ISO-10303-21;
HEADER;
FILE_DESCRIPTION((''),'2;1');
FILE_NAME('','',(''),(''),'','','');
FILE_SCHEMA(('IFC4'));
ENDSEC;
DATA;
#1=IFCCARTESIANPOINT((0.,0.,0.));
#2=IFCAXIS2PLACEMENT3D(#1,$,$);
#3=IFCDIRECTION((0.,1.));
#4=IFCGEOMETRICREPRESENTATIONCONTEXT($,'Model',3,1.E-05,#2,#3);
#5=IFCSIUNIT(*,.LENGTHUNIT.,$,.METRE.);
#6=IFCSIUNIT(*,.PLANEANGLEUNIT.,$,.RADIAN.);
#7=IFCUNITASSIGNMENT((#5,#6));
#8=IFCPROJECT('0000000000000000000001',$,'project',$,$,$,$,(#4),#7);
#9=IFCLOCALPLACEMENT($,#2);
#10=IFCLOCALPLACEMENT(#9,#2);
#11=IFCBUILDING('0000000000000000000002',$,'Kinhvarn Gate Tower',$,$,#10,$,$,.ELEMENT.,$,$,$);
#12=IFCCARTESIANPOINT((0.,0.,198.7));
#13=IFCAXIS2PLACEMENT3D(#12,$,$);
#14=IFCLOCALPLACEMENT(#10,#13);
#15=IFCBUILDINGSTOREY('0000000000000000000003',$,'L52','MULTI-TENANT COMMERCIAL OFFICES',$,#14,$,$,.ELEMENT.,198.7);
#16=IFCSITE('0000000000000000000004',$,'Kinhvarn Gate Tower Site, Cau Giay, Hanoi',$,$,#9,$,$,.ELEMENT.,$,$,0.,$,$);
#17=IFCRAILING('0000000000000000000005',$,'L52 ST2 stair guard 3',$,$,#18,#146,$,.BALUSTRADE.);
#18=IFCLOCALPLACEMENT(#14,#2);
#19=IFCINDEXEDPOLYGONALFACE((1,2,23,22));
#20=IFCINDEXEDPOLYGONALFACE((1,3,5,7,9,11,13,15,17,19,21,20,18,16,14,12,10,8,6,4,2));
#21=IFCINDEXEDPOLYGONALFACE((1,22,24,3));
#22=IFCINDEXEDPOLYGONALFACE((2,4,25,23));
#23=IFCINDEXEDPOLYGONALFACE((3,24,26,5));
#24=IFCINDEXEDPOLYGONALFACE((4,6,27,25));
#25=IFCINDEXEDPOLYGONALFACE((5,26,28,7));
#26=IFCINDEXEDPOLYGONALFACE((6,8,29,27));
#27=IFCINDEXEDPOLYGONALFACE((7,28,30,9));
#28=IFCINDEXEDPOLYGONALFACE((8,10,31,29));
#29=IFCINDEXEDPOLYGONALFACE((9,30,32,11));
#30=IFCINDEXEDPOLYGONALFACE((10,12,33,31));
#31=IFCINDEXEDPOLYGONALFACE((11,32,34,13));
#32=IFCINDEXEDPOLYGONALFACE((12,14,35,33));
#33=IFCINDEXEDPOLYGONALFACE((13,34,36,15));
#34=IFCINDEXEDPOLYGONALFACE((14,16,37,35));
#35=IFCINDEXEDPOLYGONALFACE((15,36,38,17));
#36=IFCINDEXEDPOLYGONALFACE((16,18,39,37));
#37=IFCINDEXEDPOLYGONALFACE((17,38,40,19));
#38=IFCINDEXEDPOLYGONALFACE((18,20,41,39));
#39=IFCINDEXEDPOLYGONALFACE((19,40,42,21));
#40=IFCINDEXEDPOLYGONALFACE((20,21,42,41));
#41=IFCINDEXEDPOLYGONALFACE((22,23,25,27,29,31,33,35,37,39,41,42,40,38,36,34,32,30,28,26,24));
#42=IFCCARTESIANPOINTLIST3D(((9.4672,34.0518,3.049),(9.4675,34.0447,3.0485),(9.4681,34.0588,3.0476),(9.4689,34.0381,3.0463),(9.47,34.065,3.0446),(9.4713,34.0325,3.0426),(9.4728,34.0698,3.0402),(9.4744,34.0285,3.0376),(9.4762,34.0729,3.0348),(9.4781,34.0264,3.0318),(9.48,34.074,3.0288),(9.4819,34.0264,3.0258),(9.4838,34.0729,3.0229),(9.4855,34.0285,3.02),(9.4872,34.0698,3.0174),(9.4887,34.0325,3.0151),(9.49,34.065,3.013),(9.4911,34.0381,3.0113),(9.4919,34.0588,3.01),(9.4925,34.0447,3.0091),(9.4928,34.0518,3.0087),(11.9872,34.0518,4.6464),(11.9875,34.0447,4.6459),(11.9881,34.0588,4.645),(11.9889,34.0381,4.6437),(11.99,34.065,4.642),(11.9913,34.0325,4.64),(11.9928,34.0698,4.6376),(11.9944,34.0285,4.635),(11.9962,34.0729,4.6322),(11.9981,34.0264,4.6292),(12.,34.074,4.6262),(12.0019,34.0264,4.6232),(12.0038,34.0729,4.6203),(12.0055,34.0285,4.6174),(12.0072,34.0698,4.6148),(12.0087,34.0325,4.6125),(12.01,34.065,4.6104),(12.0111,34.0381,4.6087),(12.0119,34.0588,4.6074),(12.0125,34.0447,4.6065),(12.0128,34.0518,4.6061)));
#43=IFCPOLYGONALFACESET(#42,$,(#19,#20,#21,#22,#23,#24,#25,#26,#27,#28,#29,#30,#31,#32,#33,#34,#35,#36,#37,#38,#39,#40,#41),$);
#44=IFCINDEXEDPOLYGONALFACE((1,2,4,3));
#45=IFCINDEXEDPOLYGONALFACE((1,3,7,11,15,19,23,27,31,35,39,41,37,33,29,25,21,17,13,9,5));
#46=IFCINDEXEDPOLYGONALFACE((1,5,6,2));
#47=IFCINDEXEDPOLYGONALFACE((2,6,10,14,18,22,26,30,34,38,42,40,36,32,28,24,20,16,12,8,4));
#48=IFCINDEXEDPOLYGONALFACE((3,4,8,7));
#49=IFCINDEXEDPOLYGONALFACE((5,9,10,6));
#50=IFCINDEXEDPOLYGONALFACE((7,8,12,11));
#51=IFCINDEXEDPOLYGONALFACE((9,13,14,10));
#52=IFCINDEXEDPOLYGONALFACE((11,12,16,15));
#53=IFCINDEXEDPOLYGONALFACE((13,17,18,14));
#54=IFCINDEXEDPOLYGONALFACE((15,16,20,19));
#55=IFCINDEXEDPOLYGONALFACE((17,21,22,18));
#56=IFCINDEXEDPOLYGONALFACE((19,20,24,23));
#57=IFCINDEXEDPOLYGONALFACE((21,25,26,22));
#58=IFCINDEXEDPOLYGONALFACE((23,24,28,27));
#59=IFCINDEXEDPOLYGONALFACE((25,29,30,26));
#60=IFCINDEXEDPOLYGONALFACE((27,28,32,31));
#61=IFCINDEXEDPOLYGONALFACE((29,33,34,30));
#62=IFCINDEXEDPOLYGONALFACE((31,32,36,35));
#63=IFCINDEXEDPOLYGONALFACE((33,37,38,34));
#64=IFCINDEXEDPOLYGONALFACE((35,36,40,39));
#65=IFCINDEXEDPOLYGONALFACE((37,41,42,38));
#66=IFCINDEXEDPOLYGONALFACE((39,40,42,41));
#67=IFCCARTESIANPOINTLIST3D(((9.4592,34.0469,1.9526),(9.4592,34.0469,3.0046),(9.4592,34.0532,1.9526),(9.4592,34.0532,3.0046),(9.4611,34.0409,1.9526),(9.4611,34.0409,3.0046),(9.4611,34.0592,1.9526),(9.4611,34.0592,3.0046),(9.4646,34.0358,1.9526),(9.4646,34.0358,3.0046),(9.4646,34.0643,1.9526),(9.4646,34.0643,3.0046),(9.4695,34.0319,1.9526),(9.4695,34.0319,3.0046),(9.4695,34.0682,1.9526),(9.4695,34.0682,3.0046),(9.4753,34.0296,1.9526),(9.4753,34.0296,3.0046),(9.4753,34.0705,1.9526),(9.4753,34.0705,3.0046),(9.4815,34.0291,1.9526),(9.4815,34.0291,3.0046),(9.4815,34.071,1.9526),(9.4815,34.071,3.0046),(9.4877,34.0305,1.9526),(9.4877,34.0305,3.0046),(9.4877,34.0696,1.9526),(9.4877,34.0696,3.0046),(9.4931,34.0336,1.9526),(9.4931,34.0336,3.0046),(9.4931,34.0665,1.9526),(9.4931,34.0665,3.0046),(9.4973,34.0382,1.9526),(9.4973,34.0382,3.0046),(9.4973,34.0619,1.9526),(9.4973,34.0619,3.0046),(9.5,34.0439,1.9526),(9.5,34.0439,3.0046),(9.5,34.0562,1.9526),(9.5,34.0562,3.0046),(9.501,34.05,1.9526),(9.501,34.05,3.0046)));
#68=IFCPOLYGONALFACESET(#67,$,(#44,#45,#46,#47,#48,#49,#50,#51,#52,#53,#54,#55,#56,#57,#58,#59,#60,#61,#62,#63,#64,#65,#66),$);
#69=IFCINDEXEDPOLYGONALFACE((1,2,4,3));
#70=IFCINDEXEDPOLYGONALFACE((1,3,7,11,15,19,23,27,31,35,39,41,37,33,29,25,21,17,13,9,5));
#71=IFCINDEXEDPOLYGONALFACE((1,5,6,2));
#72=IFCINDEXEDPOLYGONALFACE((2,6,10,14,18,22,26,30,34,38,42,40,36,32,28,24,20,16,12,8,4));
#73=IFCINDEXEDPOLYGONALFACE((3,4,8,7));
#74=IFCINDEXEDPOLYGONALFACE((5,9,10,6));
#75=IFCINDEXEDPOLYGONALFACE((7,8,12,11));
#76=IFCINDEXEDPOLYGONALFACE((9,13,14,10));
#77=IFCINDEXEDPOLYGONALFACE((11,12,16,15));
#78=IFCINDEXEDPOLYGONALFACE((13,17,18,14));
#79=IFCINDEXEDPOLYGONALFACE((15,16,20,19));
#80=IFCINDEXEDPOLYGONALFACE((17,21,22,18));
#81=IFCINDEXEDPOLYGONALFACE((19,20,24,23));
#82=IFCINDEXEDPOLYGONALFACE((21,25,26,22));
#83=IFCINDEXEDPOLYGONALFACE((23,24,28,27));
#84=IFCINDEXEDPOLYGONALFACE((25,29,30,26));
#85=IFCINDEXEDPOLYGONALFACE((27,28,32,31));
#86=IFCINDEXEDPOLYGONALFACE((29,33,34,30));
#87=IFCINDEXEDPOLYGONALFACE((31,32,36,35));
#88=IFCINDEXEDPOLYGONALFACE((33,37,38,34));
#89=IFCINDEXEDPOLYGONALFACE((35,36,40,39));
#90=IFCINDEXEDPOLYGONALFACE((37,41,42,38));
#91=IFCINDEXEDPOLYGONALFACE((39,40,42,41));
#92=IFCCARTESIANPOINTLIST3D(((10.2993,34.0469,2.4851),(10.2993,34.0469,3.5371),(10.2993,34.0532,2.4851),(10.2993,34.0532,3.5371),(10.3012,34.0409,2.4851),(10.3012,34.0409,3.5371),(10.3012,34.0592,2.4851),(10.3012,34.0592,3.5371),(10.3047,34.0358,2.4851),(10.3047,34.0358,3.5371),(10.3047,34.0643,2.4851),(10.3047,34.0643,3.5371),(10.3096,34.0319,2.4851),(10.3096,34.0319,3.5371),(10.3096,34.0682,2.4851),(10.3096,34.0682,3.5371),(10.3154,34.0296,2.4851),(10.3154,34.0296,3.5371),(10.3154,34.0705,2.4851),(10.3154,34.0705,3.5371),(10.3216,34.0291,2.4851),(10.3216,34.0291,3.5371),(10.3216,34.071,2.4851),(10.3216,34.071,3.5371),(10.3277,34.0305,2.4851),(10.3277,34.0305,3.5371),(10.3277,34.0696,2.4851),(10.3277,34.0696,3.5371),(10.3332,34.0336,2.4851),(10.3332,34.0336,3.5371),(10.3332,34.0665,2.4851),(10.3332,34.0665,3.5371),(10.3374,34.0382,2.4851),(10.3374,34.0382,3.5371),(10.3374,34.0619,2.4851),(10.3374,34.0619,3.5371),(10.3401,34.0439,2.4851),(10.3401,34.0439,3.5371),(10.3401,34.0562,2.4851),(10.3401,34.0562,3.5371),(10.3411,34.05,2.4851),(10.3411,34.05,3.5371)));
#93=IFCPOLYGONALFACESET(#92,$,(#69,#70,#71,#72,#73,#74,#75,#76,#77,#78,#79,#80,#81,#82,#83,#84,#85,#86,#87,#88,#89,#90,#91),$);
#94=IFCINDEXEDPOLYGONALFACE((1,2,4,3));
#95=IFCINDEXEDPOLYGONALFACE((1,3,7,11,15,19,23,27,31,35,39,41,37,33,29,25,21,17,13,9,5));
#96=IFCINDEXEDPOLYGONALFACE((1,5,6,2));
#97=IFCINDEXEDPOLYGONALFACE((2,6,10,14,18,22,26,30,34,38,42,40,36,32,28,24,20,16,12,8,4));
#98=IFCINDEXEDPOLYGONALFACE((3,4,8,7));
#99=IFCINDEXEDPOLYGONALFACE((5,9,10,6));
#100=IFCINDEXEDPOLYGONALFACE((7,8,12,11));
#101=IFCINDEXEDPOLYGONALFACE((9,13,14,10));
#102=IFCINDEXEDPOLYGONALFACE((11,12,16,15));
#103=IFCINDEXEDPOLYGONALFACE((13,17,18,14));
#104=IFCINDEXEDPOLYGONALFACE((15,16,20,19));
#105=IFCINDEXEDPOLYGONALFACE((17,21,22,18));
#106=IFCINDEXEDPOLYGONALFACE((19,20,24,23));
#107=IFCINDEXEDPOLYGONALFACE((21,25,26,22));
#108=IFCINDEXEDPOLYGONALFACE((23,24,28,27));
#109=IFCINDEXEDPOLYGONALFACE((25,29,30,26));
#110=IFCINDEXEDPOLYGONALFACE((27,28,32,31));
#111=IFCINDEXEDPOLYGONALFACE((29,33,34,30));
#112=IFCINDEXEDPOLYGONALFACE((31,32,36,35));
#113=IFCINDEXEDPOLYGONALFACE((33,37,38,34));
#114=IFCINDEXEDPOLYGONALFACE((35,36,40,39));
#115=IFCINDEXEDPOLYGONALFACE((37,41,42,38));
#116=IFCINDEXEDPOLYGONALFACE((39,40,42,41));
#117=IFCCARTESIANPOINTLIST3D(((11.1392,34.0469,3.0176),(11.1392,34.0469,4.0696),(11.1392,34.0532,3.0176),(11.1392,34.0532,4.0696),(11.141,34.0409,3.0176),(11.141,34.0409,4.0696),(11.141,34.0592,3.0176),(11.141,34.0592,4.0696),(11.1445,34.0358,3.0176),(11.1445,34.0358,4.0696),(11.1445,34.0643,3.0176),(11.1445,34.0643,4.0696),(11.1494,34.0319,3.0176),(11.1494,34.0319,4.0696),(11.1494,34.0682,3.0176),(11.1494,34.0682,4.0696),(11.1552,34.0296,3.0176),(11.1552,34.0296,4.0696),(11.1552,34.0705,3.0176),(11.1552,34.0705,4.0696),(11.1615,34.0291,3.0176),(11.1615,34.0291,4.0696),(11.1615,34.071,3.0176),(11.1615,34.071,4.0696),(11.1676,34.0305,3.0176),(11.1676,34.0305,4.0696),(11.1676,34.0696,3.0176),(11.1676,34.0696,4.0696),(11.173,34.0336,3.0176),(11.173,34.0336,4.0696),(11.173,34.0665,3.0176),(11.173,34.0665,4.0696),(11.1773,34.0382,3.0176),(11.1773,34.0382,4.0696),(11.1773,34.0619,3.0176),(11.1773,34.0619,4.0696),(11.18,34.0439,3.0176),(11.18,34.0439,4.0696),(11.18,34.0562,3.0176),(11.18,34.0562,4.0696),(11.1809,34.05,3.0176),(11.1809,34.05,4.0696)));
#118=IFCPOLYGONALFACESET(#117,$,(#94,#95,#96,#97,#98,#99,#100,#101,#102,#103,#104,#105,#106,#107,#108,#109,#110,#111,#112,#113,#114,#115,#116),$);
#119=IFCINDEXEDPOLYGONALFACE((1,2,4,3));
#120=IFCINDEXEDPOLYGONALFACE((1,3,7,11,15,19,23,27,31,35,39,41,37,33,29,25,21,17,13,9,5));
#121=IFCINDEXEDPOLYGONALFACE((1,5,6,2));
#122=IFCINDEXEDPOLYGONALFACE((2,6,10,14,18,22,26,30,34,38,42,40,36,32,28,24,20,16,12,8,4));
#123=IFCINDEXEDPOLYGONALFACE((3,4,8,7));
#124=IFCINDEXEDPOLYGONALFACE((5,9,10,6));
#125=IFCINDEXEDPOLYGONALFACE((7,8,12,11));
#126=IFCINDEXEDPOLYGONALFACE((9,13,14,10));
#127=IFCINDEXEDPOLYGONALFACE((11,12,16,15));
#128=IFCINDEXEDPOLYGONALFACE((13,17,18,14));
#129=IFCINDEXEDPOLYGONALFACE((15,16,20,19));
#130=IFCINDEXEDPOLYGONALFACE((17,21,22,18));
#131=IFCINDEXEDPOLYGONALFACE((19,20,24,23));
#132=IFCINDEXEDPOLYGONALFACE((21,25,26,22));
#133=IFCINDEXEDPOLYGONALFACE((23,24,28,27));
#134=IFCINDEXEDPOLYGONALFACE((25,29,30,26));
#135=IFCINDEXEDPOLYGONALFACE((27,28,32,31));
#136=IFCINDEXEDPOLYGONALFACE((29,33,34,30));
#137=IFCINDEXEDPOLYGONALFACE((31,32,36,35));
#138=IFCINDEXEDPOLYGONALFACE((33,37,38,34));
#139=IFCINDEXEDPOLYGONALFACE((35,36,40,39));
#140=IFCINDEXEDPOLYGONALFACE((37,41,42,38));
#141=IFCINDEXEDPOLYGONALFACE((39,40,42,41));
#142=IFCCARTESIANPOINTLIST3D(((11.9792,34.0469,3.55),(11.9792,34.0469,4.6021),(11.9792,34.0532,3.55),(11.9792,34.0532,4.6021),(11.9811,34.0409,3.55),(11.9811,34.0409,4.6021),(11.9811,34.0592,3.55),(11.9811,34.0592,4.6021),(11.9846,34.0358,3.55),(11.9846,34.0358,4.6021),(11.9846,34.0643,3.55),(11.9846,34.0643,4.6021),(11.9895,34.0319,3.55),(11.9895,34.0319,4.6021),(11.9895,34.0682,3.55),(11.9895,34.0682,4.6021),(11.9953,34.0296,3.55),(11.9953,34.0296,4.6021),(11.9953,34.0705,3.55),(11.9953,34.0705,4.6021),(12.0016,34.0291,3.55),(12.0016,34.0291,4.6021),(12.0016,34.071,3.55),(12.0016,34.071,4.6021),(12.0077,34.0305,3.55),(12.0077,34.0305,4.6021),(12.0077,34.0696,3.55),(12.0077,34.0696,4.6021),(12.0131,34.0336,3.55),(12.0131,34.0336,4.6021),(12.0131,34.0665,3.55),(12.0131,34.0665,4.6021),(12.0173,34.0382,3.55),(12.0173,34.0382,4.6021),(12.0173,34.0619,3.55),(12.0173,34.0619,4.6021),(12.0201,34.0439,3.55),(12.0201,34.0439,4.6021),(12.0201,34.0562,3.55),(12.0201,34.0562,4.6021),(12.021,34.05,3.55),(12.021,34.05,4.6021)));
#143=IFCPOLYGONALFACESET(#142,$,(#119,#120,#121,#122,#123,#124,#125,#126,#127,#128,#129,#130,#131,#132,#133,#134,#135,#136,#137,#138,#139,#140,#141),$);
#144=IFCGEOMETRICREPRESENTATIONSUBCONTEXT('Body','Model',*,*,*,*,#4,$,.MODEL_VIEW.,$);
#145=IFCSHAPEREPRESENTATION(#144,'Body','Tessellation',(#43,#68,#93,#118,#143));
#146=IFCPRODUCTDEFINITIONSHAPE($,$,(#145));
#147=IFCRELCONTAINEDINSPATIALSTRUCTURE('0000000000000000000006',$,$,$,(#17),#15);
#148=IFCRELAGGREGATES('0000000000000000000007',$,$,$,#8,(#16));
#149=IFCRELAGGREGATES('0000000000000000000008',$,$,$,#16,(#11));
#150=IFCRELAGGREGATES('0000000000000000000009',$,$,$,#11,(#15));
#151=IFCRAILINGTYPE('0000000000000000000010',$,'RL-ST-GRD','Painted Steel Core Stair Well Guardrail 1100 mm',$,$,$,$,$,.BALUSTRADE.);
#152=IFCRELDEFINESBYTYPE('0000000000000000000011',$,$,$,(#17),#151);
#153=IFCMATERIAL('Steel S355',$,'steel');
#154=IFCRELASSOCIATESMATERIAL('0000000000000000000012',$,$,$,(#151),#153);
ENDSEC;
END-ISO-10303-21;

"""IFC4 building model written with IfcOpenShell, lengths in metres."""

from ifc_helpers import new_model, si_unit, direction, frame, origin, origin_2d, place, context, subcontext, project, spatial, circle, extrude, material, type_object, element, save


model = new_model("IFC4")

# Units and contexts
model_context = context("Model", 3, precision=1e-05, world=origin(), true_north=direction((0.0, 1.0)))
body_context = subcontext(model_context, "Body", "Model", "MODEL_VIEW")
ifc_project = project(units=[si_unit("LENGTHUNIT", "METRE"), si_unit("PLANEANGLEUNIT", "RADIAN")], contexts=[model_context])

# Site, building, storey
site_placement = place(None, origin())
site = spatial("IfcSite", under=ifc_project, at=site_placement, Name="Kinhvarn Gate Tower Site, Cau Giay, Hanoi", CompositionType="ELEMENT", RefElevation=0.0)
building_placement = place(site_placement, origin())
building = spatial("IfcBuilding", under=site, at=building_placement, Name="Kinhvarn Gate Tower", CompositionType="ELEMENT")
storey_placement = place(building_placement, frame((0.0, 0.0, 198.7)))
storey = spatial("IfcBuildingStorey", under=building, at=storey_placement, Name="L52", Description="MULTI-TENANT COMMERCIAL OFFICES", CompositionType="ELEMENT", Elevation=198.7)

# Railing
ifc_material_1 = material(Name="Steel S355", Category="steel")
railing_type_1 = type_object("IfcRailingType", Name="RL-ST-GRD", Description="Painted Steel Core Stair Well Guardrail 1100 mm", PredefinedType="BALUSTRADE", material=ifc_material_1)
railing_1_placement = place(storey_placement, frame((9.48, 34.05, 1.9526)))
element("IfcRailing", 1, at=railing_1_placement, inside=storey, type_object=railing_type_1, Name="L52 ST2 stair guard 3", PredefinedType="BALUSTRADE", context=body_context, shape_type="SweptSolid", body=[
    extrude(circle(Radius=0.0239, at=origin_2d()), frame((0.0, 0.0, 1.0762), z_axis=(0.844607, 0.0, 0.535387), x_axis=(0.0, 1.0, 0.0)), (0.0, 0.0, 1.0), 2.9836),
    extrude(circle(Radius=0.021, at=origin_2d()), origin(), (0.0, 0.0, 1.0), 1.052),
    extrude(circle(Radius=0.021, at=origin_2d()), frame((0.8401, 0.0, 0.5325)), (0.0, 0.0, 1.0), 1.052),
    extrude(circle(Radius=0.021, at=origin_2d()), frame((1.6799, 0.0, 1.0649)), (0.0, 0.0, 1.0), 1.052),
    extrude(circle(Radius=0.021, at=origin_2d()), frame((2.52, 0.0, 1.5974)), (0.0, 0.0, 1.0), 1.052),
])

save(model, "model.ifc")
